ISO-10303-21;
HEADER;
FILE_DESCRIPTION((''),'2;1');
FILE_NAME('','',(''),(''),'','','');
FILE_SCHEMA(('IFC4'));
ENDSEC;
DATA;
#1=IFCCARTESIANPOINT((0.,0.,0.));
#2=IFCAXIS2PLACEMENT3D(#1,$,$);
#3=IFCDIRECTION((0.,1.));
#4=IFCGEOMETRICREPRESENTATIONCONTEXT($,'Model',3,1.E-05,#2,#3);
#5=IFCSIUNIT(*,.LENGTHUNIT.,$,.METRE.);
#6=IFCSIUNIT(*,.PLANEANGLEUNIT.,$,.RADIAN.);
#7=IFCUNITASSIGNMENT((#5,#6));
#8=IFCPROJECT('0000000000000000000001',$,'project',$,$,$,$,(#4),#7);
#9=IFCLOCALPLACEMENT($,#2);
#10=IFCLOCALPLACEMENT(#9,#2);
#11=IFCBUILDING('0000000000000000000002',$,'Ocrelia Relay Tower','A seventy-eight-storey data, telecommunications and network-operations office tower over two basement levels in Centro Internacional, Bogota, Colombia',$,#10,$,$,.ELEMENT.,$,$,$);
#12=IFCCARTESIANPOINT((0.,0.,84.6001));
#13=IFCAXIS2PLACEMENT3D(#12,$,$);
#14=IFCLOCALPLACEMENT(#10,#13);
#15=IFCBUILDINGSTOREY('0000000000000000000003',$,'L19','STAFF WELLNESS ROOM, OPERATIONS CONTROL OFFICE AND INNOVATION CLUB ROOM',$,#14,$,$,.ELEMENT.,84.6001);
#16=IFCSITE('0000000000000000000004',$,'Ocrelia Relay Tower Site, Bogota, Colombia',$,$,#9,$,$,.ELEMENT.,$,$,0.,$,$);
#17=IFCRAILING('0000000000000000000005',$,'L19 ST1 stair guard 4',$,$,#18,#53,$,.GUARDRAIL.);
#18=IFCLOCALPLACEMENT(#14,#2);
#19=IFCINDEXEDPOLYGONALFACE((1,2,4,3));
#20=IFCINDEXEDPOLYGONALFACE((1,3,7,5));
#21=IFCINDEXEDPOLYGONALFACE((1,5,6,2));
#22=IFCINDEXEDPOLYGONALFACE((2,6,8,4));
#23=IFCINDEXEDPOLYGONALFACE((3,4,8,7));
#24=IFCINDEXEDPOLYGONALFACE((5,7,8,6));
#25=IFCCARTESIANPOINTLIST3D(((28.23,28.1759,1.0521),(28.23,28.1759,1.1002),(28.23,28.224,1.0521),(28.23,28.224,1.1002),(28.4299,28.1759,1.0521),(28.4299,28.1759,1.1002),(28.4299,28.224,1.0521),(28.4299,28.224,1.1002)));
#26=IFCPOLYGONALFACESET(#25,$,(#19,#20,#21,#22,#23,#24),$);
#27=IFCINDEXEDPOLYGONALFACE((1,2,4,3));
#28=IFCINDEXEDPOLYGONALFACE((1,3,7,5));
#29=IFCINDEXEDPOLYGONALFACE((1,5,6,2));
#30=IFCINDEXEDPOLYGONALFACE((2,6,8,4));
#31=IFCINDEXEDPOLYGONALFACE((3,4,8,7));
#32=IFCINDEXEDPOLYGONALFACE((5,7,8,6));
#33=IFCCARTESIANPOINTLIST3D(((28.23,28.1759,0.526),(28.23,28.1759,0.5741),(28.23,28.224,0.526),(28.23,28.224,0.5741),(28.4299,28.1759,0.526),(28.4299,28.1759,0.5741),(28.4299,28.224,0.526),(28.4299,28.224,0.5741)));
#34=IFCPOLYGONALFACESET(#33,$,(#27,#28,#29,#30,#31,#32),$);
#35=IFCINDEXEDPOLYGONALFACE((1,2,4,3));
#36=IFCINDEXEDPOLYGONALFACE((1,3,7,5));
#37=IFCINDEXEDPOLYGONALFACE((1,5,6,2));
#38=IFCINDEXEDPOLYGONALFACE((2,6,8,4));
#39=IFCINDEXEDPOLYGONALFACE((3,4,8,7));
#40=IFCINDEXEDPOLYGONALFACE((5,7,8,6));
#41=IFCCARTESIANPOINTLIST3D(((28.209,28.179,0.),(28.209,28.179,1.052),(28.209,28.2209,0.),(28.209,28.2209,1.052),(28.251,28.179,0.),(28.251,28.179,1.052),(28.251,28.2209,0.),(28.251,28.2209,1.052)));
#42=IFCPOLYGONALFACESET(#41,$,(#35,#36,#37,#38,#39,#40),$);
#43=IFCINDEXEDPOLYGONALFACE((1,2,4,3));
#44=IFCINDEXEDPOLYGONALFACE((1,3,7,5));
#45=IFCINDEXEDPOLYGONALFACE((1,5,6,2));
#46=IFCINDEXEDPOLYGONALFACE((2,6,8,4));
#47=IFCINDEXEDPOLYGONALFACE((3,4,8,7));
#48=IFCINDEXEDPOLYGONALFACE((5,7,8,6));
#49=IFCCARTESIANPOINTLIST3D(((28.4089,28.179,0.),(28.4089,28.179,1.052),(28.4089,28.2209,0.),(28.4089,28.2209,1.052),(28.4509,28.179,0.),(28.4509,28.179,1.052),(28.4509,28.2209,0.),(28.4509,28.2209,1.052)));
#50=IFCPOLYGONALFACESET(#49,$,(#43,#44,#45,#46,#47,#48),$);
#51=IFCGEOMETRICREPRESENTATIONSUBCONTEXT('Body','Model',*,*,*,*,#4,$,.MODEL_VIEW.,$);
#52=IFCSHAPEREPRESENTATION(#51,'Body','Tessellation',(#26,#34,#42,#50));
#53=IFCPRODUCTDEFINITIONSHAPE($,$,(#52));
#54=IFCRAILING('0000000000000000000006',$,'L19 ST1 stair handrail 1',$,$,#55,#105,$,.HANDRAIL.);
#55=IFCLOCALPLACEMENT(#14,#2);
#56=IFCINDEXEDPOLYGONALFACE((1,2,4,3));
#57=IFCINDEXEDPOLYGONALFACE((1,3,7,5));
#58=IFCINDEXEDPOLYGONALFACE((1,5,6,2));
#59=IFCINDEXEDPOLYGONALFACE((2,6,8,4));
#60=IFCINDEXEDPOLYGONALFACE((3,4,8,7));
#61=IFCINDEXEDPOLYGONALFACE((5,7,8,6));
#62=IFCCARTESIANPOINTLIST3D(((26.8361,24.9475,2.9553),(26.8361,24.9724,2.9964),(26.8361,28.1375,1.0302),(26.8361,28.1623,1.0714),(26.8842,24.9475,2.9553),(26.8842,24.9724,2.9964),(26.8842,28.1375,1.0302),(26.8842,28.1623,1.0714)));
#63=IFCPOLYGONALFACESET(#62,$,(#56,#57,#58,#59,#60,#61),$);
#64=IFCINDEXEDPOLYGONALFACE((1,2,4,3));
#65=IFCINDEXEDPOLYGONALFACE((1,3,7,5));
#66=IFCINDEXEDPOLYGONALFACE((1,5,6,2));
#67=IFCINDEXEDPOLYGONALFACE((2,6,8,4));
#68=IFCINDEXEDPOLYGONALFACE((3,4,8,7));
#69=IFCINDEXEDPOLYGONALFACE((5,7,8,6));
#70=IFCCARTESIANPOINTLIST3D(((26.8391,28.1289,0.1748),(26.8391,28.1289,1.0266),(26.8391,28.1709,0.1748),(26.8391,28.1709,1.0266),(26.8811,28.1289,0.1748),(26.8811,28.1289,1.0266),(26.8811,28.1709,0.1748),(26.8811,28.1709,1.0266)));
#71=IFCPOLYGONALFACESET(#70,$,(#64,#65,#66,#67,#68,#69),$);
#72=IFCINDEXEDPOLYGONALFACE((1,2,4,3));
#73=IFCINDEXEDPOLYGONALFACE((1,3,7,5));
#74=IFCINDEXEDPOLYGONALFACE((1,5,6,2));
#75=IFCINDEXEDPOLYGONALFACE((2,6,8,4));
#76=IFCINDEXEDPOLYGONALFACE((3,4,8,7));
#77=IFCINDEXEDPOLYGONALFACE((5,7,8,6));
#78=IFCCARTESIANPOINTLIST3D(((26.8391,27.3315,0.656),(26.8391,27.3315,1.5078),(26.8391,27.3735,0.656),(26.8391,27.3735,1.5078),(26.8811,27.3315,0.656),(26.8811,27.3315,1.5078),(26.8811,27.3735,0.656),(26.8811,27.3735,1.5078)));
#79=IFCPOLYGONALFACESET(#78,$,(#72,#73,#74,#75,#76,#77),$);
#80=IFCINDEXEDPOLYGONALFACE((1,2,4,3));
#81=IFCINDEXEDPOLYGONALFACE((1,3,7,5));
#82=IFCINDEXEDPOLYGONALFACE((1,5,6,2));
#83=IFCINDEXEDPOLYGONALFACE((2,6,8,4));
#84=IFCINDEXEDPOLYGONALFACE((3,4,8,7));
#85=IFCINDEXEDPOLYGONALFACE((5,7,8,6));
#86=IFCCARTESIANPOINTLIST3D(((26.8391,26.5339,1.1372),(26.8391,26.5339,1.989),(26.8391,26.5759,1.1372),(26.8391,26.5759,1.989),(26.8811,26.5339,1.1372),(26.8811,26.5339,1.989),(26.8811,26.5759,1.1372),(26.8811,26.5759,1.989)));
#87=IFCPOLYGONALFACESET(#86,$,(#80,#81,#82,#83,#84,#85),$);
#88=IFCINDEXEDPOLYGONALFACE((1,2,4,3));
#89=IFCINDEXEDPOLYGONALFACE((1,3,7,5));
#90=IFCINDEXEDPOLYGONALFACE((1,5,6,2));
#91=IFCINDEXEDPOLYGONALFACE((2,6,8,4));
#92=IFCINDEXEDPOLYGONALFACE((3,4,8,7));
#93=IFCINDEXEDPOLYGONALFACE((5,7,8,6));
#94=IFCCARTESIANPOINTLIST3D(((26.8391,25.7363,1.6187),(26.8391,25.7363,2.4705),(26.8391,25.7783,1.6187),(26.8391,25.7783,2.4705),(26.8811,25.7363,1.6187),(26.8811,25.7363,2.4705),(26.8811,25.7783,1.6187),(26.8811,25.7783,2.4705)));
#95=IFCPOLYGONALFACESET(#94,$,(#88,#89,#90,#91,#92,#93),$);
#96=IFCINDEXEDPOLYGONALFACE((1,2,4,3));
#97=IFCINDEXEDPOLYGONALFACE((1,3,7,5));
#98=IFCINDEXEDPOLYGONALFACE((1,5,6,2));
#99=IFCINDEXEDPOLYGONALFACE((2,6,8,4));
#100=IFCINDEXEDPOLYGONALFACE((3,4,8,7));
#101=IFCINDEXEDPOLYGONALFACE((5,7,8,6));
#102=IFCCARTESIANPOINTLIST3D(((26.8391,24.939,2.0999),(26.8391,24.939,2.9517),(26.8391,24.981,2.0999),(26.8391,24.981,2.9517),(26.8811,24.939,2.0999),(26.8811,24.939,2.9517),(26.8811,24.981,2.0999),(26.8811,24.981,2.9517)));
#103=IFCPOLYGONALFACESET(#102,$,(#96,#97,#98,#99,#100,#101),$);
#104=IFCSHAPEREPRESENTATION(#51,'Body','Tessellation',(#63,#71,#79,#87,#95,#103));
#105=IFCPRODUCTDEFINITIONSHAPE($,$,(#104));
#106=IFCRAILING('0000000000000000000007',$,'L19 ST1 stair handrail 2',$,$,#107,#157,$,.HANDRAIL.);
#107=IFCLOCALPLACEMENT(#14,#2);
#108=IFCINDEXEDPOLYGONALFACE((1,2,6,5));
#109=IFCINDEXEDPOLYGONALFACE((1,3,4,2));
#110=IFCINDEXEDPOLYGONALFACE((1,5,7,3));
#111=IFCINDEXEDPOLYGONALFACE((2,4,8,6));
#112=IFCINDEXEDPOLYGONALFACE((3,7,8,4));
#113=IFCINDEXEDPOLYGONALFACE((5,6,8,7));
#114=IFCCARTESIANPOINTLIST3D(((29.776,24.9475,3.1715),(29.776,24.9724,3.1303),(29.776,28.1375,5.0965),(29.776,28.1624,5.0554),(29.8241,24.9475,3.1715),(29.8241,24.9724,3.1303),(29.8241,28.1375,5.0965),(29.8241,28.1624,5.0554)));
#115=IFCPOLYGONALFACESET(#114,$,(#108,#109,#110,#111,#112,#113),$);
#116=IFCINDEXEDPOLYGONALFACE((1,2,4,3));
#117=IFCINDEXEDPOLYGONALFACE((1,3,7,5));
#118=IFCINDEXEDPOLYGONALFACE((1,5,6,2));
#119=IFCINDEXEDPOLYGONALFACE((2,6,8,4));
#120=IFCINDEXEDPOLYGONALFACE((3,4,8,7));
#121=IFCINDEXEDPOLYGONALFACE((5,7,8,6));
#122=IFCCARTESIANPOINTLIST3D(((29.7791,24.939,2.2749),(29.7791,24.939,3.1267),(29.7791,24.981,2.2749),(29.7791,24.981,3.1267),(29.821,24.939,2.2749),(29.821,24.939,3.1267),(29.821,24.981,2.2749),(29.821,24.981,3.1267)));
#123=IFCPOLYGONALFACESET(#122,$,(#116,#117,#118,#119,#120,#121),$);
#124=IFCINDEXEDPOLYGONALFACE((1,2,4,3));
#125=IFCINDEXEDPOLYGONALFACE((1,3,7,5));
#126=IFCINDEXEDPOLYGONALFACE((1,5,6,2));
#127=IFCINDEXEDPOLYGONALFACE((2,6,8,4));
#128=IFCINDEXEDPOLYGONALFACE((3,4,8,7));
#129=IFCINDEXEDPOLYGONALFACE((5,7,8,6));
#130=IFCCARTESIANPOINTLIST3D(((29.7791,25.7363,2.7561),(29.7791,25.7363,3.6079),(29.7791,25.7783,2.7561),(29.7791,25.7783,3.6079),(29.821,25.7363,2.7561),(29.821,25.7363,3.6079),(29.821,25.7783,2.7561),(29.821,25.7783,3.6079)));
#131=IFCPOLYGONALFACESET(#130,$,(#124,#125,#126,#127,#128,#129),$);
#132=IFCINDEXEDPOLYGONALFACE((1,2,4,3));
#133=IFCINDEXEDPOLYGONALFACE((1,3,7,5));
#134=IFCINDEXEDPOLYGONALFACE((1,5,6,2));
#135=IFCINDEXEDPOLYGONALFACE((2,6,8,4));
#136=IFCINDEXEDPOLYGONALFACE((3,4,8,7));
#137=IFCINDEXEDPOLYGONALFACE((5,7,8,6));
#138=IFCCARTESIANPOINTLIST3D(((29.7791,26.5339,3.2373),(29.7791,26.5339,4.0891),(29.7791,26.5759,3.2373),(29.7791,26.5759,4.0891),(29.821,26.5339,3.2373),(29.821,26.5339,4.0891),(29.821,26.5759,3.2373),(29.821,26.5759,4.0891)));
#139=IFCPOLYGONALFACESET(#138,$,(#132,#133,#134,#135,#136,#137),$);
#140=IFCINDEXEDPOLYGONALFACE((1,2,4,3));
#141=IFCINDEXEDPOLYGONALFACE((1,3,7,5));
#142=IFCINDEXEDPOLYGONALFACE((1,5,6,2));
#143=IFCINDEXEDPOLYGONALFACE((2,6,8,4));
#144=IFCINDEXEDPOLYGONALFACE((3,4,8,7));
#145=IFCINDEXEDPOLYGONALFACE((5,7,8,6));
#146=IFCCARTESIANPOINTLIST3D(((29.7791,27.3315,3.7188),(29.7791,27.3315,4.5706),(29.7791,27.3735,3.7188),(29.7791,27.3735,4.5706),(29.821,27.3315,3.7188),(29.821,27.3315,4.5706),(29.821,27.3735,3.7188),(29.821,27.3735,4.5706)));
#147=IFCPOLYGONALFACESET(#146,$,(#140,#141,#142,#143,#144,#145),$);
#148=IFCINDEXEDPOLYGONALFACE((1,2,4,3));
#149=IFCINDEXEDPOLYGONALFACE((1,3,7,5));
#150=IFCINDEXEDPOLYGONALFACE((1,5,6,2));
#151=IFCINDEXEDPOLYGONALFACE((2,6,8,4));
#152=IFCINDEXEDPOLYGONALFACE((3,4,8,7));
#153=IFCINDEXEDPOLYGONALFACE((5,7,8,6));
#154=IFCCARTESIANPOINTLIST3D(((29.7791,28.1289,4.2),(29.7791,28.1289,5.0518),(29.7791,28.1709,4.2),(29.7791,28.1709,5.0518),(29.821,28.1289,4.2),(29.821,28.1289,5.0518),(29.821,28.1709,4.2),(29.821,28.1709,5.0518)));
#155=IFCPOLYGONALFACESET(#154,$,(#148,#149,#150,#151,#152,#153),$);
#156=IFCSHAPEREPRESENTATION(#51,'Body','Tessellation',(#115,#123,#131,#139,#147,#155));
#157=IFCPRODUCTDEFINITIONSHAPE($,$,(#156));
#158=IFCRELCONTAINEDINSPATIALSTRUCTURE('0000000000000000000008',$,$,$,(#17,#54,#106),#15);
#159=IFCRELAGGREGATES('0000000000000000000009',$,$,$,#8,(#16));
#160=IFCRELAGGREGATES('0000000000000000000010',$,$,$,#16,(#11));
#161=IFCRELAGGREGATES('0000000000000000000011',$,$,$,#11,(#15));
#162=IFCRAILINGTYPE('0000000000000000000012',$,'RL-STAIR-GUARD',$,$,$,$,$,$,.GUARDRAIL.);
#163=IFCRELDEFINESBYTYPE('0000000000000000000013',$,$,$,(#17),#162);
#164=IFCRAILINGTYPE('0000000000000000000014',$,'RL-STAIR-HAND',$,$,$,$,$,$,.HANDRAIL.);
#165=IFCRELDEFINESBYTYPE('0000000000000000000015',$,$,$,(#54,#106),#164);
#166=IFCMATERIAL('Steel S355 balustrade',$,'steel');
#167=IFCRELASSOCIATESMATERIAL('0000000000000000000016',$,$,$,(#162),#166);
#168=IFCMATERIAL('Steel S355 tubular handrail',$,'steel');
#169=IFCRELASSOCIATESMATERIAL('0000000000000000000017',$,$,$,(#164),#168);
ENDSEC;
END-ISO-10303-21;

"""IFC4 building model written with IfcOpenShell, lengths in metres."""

from ifc_helpers import new_model, si_unit, direction, frame, origin, origin_2d, place, context, subcontext, project, spatial, rectangle, extrude, material, type_object, element, save


model = new_model("IFC4")

# Units and contexts
model_context = context("Model", 3, precision=1e-05, world=origin(), true_north=direction((0.0, 1.0)))
body_context = subcontext(model_context, "Body", "Model", "MODEL_VIEW")
ifc_project = project(units=[si_unit("LENGTHUNIT", "METRE"), si_unit("PLANEANGLEUNIT", "RADIAN")], contexts=[model_context])

# Site, building, storey
site_placement = place(None, origin())
site = spatial("IfcSite", under=ifc_project, at=site_placement, Name="Ocrelia Relay Tower Site, Bogota, Colombia", CompositionType="ELEMENT", RefElevation=0.0)
building_placement = place(site_placement, origin())
building = spatial("IfcBuilding", under=site, at=building_placement, Name="Ocrelia Relay Tower", Description="A seventy-eight-storey data, telecommunications and network-operations office tower over two basement levels in Centro Internacional, Bogota, Colombia", CompositionType="ELEMENT")
storey_placement = place(building_placement, frame((0.0, 0.0, 84.6001)))
storey = spatial("IfcBuildingStorey", under=building, at=storey_placement, Name="L19", Description="STAFF WELLNESS ROOM, OPERATIONS CONTROL OFFICE AND INNOVATION CLUB ROOM", CompositionType="ELEMENT", Elevation=84.6001)

# Railings
ifc_material_1 = material(Name="Steel S355 balustrade", Category="steel")
railing_type_1 = type_object("IfcRailingType", Name="RL-STAIR-GUARD", PredefinedType="GUARDRAIL", material=ifc_material_1)
railing_1_placement = place(storey_placement, frame((28.23, 28.2, 0.0)))
element("IfcRailing", 1, at=railing_1_placement, inside=storey, type_object=railing_type_1, Name="L19 ST1 stair guard 4", PredefinedType="GUARDRAIL", context=body_context, shape_type="SweptSolid", body=[
    extrude(rectangle(XDim=0.0481, YDim=0.0481, at=origin_2d()), frame((0.0, 0.0, 1.0762), z_axis=(1.0, 0.0, 0.0), x_axis=(0.0, 1.0, 0.0)), (0.0, 0.0, 1.0), 0.2),
    extrude(rectangle(XDim=0.0481, YDim=0.0481, at=origin_2d()), frame((0.0, 0.0, 0.55), z_axis=(1.0, 0.0, 0.0), x_axis=(0.0, 1.0, 0.0)), (0.0, 0.0, 1.0), 0.2),
    extrude(rectangle(XDim=0.042, YDim=0.042, at=origin_2d()), origin(), (0.0, 0.0, 1.0), 1.052),
    extrude(rectangle(XDim=0.042, YDim=0.042, at=origin_2d()), frame((0.2, 0.0, 0.0)), (0.0, 0.0, 1.0), 1.052),
])
ifc_material_2 = material(Name="Steel S355 tubular handrail", Category="steel")
railing_type_2 = type_object("IfcRailingType", Name="RL-STAIR-HAND", PredefinedType="HANDRAIL", material=ifc_material_2)
railing_2_placement = place(storey_placement, frame((26.8601, 28.1499, 0.1748)))
element("IfcRailing", 2, at=railing_2_placement, inside=storey, type_object=railing_type_2, Name="L19 ST1 stair handrail 1", PredefinedType="HANDRAIL", context=body_context, shape_type="SweptSolid", body=[
    extrude(rectangle(XDim=0.0481, YDim=0.0481, at=origin_2d()), frame((0.0, 0.0, 0.876), z_axis=(0.0, -0.856178, 0.516682), x_axis=(1.0, 0.0, 0.0)), (0.0, 0.0, 1.0), 3.7258),
    extrude(rectangle(XDim=0.042, YDim=0.042, at=origin_2d()), origin(), (0.0, 0.0, 1.0), 0.8518),
    extrude(rectangle(XDim=0.042, YDim=0.042, at=origin_2d()), frame((0.0, -0.7974, 0.4812)), (0.0, 0.0, 1.0), 0.8518),
    extrude(rectangle(XDim=0.042, YDim=0.042, at=origin_2d()), frame((0.0, -1.595, 0.9624)), (0.0, 0.0, 1.0), 0.8518),
    extrude(rectangle(XDim=0.042, YDim=0.042, at=origin_2d()), frame((0.0, -2.3926, 1.4438)), (0.0, 0.0, 1.0), 0.8518),
    extrude(rectangle(XDim=0.042, YDim=0.042, at=origin_2d()), frame((0.0, -3.1899, 1.925)), (0.0, 0.0, 1.0), 0.8518),
])
railing_3_placement = place(storey_placement, frame((29.8, 24.96, 2.2749)))
element("IfcRailing", 3, at=railing_3_placement, inside=storey, type_object=railing_type_2, Name="L19 ST1 stair handrail 2", PredefinedType="HANDRAIL", context=body_context, shape_type="SweptSolid", body=[
    extrude(rectangle(XDim=0.0481, YDim=0.0481, at=origin_2d()), frame((0.0, 0.0, 0.876), z_axis=(0.0, 0.856178, 0.516682), x_axis=(-1.0, 0.0, 0.0)), (0.0, 0.0, 1.0), 3.7258),
    extrude(rectangle(XDim=0.042, YDim=0.042, at=origin_2d()), origin(), (0.0, 0.0, 1.0), 0.8518),
    extrude(rectangle(XDim=0.042, YDim=0.042, at=origin_2d()), frame((0.0, 0.7974, 0.4812)), (0.0, 0.0, 1.0), 0.8518),
    extrude(rectangle(XDim=0.042, YDim=0.042, at=origin_2d()), frame((0.0, 1.595, 0.9624)), (0.0, 0.0, 1.0), 0.8518),
    extrude(rectangle(XDim=0.042, YDim=0.042, at=origin_2d()), frame((0.0, 2.3926, 1.4438)), (0.0, 0.0, 1.0), 0.8518),
    extrude(rectangle(XDim=0.042, YDim=0.042, at=origin_2d()), frame((0.0, 3.1899, 1.925)), (0.0, 0.0, 1.0), 0.8518),
])

save(model, "model.ifc")
